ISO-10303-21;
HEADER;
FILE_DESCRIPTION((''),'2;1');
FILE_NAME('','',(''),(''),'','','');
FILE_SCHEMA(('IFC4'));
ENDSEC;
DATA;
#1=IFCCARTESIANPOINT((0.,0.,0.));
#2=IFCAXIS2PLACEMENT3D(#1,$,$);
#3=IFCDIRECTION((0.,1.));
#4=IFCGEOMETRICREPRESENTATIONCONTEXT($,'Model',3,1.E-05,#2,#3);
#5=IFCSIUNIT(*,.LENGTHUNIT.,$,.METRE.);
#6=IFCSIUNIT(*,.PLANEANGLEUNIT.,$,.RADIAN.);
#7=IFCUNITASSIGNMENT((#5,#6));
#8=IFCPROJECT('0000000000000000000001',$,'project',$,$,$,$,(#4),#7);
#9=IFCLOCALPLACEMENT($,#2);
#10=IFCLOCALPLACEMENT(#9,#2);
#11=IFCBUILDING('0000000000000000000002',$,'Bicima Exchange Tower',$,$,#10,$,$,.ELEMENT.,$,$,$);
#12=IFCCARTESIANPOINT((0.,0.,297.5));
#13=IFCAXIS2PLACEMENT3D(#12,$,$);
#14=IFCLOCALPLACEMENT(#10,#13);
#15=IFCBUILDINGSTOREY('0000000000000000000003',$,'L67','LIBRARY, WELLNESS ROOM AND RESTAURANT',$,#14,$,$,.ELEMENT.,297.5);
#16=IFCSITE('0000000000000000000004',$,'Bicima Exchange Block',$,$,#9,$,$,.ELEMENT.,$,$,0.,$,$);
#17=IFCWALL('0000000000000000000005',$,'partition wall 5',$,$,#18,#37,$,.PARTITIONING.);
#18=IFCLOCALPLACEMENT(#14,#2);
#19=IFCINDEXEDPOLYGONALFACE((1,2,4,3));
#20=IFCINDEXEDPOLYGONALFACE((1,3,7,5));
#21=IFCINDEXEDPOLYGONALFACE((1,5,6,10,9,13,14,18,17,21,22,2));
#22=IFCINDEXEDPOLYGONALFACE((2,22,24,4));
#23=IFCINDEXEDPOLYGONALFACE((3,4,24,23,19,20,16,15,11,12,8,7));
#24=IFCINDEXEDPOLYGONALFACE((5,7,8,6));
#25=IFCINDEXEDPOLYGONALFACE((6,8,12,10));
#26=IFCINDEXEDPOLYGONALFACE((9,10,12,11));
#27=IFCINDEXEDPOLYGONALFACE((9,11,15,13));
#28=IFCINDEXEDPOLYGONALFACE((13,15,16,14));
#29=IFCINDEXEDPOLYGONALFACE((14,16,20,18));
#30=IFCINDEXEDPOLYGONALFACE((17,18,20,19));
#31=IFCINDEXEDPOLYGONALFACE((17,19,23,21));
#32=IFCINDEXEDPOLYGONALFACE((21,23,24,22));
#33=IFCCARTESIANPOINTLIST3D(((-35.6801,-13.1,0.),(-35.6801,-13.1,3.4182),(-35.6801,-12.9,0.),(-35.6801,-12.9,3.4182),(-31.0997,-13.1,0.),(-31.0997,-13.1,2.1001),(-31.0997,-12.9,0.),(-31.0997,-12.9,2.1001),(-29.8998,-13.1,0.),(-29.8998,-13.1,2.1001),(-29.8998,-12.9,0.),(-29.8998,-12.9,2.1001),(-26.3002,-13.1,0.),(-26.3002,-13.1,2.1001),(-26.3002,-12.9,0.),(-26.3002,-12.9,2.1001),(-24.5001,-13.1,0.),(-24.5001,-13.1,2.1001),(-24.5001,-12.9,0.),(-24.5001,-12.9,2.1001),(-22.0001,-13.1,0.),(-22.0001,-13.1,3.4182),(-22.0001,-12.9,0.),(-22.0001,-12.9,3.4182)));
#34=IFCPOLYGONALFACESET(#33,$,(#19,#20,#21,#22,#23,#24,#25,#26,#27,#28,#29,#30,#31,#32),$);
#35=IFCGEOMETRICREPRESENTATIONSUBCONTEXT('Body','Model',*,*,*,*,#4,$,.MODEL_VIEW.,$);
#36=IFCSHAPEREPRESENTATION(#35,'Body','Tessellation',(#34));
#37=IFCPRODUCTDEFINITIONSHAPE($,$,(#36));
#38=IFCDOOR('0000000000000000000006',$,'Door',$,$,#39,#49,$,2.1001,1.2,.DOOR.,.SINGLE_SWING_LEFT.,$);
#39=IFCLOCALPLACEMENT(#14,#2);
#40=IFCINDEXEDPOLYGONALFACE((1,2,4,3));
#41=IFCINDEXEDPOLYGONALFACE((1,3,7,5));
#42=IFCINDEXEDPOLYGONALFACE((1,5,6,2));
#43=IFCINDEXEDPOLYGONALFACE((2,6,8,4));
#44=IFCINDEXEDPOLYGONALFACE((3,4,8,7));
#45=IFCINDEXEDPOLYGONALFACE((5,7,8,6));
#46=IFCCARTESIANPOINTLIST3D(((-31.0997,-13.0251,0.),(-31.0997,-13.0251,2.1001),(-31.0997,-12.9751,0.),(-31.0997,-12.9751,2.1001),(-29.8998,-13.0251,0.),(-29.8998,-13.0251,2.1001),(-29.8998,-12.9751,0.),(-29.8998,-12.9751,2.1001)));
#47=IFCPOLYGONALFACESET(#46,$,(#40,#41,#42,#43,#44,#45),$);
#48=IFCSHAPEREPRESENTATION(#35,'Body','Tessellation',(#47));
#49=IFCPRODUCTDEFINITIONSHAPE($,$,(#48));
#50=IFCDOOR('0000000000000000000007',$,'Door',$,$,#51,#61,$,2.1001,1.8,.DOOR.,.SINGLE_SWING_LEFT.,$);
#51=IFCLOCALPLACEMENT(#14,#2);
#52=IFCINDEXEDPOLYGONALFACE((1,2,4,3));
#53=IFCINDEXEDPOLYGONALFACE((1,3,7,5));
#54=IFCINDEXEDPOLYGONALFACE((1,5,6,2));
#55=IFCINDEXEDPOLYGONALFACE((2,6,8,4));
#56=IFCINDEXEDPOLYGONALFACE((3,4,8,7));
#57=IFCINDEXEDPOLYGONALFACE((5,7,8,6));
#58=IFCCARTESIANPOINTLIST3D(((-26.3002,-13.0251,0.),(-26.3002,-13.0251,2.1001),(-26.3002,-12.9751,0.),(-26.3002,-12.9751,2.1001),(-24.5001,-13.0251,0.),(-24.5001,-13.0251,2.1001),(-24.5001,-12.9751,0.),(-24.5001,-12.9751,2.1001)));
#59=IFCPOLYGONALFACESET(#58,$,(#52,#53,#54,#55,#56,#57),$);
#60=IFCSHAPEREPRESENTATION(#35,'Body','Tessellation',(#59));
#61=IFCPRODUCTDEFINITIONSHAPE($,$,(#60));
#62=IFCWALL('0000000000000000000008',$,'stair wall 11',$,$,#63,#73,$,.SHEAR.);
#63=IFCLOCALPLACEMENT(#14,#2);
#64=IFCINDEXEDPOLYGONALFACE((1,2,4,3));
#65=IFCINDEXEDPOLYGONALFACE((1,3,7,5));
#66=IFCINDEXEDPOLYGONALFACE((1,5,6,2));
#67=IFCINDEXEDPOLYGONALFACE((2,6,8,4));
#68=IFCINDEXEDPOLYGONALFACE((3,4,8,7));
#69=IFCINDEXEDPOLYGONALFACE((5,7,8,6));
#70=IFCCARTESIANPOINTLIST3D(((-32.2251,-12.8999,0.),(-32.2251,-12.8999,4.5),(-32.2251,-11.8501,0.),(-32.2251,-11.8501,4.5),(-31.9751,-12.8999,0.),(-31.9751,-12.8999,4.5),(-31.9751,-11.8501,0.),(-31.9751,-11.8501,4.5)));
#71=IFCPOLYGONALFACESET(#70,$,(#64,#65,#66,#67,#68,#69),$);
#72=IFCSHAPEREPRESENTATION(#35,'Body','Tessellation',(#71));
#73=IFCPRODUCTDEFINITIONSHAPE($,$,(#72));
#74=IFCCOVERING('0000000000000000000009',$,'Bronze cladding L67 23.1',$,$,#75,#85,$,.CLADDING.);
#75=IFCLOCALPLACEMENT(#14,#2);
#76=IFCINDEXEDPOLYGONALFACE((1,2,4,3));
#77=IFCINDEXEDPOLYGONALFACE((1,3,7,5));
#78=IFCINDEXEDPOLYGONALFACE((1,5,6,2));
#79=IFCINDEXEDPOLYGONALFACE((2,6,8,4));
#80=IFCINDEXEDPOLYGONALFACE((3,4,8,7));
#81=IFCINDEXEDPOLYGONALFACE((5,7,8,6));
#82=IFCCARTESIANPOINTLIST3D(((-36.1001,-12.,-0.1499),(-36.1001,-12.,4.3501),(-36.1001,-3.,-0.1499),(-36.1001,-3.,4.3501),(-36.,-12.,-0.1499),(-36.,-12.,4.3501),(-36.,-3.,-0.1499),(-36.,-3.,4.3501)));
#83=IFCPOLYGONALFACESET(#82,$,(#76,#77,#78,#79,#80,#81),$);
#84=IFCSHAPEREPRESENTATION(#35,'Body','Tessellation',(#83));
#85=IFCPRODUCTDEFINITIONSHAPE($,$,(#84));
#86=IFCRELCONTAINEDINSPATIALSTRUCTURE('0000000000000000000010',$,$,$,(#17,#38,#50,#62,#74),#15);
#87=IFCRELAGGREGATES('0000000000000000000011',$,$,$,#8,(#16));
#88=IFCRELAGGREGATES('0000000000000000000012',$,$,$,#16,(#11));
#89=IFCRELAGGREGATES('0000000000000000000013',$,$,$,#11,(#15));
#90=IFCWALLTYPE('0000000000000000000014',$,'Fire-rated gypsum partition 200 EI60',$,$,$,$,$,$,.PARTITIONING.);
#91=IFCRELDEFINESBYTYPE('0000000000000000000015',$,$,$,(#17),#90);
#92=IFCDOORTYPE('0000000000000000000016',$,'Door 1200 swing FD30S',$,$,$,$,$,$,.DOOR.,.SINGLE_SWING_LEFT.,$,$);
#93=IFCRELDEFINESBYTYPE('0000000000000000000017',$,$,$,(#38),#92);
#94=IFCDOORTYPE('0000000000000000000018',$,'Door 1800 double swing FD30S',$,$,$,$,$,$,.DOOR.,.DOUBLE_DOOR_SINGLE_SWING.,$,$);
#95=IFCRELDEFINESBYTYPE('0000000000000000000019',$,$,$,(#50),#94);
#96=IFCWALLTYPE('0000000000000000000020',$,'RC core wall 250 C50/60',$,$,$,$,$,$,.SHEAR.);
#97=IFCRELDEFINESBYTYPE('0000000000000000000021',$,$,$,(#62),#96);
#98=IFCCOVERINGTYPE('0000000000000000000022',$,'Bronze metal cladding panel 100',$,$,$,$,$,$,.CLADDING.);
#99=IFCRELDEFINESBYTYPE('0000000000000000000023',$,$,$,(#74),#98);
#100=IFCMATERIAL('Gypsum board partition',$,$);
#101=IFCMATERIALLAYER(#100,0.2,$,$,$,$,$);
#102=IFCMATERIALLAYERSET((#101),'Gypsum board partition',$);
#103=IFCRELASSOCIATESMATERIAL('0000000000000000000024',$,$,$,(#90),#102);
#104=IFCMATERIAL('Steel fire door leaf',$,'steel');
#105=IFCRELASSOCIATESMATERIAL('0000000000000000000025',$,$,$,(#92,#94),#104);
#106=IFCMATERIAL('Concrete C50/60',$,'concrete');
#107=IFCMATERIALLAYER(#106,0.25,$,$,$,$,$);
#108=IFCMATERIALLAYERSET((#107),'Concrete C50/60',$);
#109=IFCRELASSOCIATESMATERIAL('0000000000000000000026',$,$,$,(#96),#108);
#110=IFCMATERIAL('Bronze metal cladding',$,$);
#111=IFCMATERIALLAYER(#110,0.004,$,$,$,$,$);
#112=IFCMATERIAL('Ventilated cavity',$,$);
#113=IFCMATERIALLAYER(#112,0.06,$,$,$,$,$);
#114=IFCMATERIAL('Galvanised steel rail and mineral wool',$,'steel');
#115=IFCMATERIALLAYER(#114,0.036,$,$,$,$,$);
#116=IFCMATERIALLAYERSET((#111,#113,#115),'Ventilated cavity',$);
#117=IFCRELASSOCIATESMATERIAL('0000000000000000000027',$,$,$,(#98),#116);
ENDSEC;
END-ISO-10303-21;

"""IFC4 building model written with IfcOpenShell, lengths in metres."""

from ifc_helpers import new_model, si_unit, direction, frame, frame_2d, origin, origin_2d, place, context, subcontext, project, spatial, rectangle, extrude, material, layer, layer_set, type_object, element, fill, save


model = new_model("IFC4")

# Units and contexts
model_context = context("Model", 3, precision=1e-05, world=origin(), true_north=direction((0.0, 1.0)))
body_context = subcontext(model_context, "Body", "Model", "MODEL_VIEW")
ifc_project = project(units=[si_unit("LENGTHUNIT", "METRE"), si_unit("PLANEANGLEUNIT", "RADIAN")], contexts=[model_context])

# Site, building, storey
site_placement = place(None, origin())
site = spatial("IfcSite", under=ifc_project, at=site_placement, Name="Bicima Exchange Block", CompositionType="ELEMENT", RefElevation=0.0)
building_placement = place(site_placement, origin())
building = spatial("IfcBuilding", under=site, at=building_placement, Name="Bicima Exchange Tower", CompositionType="ELEMENT")
storey_placement = place(building_placement, frame((0.0, 0.0, 297.5)))
storey = spatial("IfcBuildingStorey", under=building, at=storey_placement, Name="L67", Description="LIBRARY, WELLNESS ROOM AND RESTAURANT", CompositionType="ELEMENT", Elevation=297.5)

# Wall, openings, doors
ifc_material_1 = material(Name="Gypsum board partition")
ifc_layer_1 = layer(ifc_material_1, 0.2)
ifc_layer_set_1 = layer_set([ifc_layer_1], Name="Gypsum board partition")
wall_type_1 = type_object("IfcWallType", Name="Fire-rated gypsum partition 200 EI60", PredefinedType="PARTITIONING", material=ifc_layer_set_1)
wall_1_placement = place(storey_placement, frame((-35.6799, -13.0, 0.0), z_axis=(0.0, 0.0, 1.0), x_axis=(1.0, 0.0, 0.0)))
wall_1 = element("IfcWall", 1, at=wall_1_placement, inside=storey, type_object=wall_type_1, Name="partition wall 5", PredefinedType="PARTITIONING", context=body_context, shape_type="SweptSolid", body=[
    extrude(rectangle(XDim=13.6799, YDim=0.2, at=frame_2d((6.8398, 0.0))), origin(), (0.0, 0.0, 1.0), 3.4182),
])
opening_1_placement = place(wall_1_placement, frame((4.5801, 0.0, 0.0)))
opening_1 = element("IfcOpeningElement", 2, at=opening_1_placement, cuts=wall_1, PredefinedType="OPENING", context=body_context, shape_type="SweptSolid", body=[
    extrude(rectangle(XDim=1.2, YDim=2.1001, at=frame_2d((0.6001, 1.05))), frame((0.0, 0.1118, 0.0), z_axis=(0.0, -1.0, 0.0), x_axis=(1.0, 0.0, 0.0)), (0.0, 0.0, 1.0), 0.2239),
])
opening_2_placement = place(wall_1_placement, frame((9.3799, 0.0, 0.0)))
opening_2 = element("IfcOpeningElement", 3, at=opening_2_placement, cuts=wall_1, PredefinedType="OPENING", context=body_context, shape_type="SweptSolid", body=[
    extrude(rectangle(XDim=1.8, YDim=2.1001, at=frame_2d((0.8999, 1.05))), frame((0.0, 0.1118, 0.0), z_axis=(0.0, -1.0, 0.0), x_axis=(1.0, 0.0, 0.0)), (0.0, 0.0, 1.0), 0.2239),
])
ifc_material_2 = material(Name="Steel fire door leaf", Category="steel")
door_type_1 = type_object("IfcDoorType", Name="Door 1200 swing FD30S", OperationType="SINGLE_SWING_LEFT", PredefinedType="DOOR", material=ifc_material_2)
door_1_placement = place(opening_1_placement, origin())
door_1 = element("IfcDoor", 4, at=door_1_placement, inside=storey, type_object=door_type_1, Name="Door", OperationType="SINGLE_SWING_LEFT", OverallHeight=2.1001, OverallWidth=1.2, PredefinedType="DOOR", context=body_context, shape_type="SweptSolid", body=[
    extrude(rectangle(XDim=1.2, YDim=2.1001, at=frame_2d((0.6001, 1.05))), frame((0.0, 0.0249, 0.0), z_axis=(0.0, -1.0, 0.0), x_axis=(1.0, 0.0, 0.0)), (0.0, 0.0, 1.0), 0.05),
])
fill(opening_1, door_1)
door_type_2 = type_object("IfcDoorType", Name="Door 1800 double swing FD30S", OperationType="DOUBLE_DOOR_SINGLE_SWING", PredefinedType="DOOR", material=ifc_material_2)
door_2_placement = place(opening_2_placement, origin())
door_2 = element("IfcDoor", 5, at=door_2_placement, inside=storey, type_object=door_type_2, Name="Door", OperationType="SINGLE_SWING_LEFT", OverallHeight=2.1001, OverallWidth=1.8, PredefinedType="DOOR", context=body_context, shape_type="SweptSolid", body=[
    extrude(rectangle(XDim=1.8, YDim=2.1001, at=frame_2d((0.8999, 1.05))), frame((0.0, 0.0249, 0.0), z_axis=(0.0, -1.0, 0.0), x_axis=(1.0, 0.0, 0.0)), (0.0, 0.0, 1.0), 0.05),
])
fill(opening_2, door_2)

# Wall
ifc_material_3 = material(Name="Concrete C50/60", Category="concrete")
ifc_layer_2 = layer(ifc_material_3, 0.25)
ifc_layer_set_2 = layer_set([ifc_layer_2], Name="Concrete C50/60")
wall_type_2 = type_object("IfcWallType", Name="RC core wall 250 C50/60", PredefinedType="SHEAR", material=ifc_layer_set_2)
wall_2_placement = place(storey_placement, frame((-32.1001, -12.8999, 0.0), z_axis=(0.0, 0.0, 1.0), x_axis=(0.0, 1.0, 0.0)))
element("IfcWall", 6, at=wall_2_placement, inside=storey, type_object=wall_type_2, Name="stair wall 11", PredefinedType="SHEAR", context=body_context, shape_type="SweptSolid", body=[
    extrude(rectangle(XDim=1.0498, YDim=0.25, at=frame_2d((0.5249, 0.0))), origin(), (0.0, 0.0, 1.0), 4.5),
])

# Covering
ifc_material_4 = material(Name="Bronze metal cladding")
ifc_layer_3 = layer(ifc_material_4, 0.004)
ifc_material_5 = material(Name="Ventilated cavity")
ifc_layer_4 = layer(ifc_material_5, 0.06)
ifc_material_6 = material(Name="Galvanised steel rail and mineral wool", Category="steel")
ifc_layer_5 = layer(ifc_material_6, 0.036)
ifc_layer_set_3 = layer_set([ifc_layer_3, ifc_layer_4, ifc_layer_5], Name="Ventilated cavity")
covering_type = type_object("IfcCoveringType", Name="Bronze metal cladding panel 100", PredefinedType="CLADDING", material=ifc_layer_set_3)
covering_placement = place(storey_placement, frame((-36.05, -7.5, -0.1499), z_axis=(0.0, 0.0, 1.0), x_axis=(0.0, -1.0, 0.0)))
element("IfcCovering", 7, at=covering_placement, inside=storey, type_object=covering_type, Name="Bronze cladding L67 23.1", PredefinedType="CLADDING", context=body_context, shape_type="SweptSolid", body=[
    extrude(rectangle(XDim=9.0, YDim=0.1001, at=origin_2d()), origin(), (0.0, 0.0, 1.0), 4.5),
])

save(model, "model.ifc")
